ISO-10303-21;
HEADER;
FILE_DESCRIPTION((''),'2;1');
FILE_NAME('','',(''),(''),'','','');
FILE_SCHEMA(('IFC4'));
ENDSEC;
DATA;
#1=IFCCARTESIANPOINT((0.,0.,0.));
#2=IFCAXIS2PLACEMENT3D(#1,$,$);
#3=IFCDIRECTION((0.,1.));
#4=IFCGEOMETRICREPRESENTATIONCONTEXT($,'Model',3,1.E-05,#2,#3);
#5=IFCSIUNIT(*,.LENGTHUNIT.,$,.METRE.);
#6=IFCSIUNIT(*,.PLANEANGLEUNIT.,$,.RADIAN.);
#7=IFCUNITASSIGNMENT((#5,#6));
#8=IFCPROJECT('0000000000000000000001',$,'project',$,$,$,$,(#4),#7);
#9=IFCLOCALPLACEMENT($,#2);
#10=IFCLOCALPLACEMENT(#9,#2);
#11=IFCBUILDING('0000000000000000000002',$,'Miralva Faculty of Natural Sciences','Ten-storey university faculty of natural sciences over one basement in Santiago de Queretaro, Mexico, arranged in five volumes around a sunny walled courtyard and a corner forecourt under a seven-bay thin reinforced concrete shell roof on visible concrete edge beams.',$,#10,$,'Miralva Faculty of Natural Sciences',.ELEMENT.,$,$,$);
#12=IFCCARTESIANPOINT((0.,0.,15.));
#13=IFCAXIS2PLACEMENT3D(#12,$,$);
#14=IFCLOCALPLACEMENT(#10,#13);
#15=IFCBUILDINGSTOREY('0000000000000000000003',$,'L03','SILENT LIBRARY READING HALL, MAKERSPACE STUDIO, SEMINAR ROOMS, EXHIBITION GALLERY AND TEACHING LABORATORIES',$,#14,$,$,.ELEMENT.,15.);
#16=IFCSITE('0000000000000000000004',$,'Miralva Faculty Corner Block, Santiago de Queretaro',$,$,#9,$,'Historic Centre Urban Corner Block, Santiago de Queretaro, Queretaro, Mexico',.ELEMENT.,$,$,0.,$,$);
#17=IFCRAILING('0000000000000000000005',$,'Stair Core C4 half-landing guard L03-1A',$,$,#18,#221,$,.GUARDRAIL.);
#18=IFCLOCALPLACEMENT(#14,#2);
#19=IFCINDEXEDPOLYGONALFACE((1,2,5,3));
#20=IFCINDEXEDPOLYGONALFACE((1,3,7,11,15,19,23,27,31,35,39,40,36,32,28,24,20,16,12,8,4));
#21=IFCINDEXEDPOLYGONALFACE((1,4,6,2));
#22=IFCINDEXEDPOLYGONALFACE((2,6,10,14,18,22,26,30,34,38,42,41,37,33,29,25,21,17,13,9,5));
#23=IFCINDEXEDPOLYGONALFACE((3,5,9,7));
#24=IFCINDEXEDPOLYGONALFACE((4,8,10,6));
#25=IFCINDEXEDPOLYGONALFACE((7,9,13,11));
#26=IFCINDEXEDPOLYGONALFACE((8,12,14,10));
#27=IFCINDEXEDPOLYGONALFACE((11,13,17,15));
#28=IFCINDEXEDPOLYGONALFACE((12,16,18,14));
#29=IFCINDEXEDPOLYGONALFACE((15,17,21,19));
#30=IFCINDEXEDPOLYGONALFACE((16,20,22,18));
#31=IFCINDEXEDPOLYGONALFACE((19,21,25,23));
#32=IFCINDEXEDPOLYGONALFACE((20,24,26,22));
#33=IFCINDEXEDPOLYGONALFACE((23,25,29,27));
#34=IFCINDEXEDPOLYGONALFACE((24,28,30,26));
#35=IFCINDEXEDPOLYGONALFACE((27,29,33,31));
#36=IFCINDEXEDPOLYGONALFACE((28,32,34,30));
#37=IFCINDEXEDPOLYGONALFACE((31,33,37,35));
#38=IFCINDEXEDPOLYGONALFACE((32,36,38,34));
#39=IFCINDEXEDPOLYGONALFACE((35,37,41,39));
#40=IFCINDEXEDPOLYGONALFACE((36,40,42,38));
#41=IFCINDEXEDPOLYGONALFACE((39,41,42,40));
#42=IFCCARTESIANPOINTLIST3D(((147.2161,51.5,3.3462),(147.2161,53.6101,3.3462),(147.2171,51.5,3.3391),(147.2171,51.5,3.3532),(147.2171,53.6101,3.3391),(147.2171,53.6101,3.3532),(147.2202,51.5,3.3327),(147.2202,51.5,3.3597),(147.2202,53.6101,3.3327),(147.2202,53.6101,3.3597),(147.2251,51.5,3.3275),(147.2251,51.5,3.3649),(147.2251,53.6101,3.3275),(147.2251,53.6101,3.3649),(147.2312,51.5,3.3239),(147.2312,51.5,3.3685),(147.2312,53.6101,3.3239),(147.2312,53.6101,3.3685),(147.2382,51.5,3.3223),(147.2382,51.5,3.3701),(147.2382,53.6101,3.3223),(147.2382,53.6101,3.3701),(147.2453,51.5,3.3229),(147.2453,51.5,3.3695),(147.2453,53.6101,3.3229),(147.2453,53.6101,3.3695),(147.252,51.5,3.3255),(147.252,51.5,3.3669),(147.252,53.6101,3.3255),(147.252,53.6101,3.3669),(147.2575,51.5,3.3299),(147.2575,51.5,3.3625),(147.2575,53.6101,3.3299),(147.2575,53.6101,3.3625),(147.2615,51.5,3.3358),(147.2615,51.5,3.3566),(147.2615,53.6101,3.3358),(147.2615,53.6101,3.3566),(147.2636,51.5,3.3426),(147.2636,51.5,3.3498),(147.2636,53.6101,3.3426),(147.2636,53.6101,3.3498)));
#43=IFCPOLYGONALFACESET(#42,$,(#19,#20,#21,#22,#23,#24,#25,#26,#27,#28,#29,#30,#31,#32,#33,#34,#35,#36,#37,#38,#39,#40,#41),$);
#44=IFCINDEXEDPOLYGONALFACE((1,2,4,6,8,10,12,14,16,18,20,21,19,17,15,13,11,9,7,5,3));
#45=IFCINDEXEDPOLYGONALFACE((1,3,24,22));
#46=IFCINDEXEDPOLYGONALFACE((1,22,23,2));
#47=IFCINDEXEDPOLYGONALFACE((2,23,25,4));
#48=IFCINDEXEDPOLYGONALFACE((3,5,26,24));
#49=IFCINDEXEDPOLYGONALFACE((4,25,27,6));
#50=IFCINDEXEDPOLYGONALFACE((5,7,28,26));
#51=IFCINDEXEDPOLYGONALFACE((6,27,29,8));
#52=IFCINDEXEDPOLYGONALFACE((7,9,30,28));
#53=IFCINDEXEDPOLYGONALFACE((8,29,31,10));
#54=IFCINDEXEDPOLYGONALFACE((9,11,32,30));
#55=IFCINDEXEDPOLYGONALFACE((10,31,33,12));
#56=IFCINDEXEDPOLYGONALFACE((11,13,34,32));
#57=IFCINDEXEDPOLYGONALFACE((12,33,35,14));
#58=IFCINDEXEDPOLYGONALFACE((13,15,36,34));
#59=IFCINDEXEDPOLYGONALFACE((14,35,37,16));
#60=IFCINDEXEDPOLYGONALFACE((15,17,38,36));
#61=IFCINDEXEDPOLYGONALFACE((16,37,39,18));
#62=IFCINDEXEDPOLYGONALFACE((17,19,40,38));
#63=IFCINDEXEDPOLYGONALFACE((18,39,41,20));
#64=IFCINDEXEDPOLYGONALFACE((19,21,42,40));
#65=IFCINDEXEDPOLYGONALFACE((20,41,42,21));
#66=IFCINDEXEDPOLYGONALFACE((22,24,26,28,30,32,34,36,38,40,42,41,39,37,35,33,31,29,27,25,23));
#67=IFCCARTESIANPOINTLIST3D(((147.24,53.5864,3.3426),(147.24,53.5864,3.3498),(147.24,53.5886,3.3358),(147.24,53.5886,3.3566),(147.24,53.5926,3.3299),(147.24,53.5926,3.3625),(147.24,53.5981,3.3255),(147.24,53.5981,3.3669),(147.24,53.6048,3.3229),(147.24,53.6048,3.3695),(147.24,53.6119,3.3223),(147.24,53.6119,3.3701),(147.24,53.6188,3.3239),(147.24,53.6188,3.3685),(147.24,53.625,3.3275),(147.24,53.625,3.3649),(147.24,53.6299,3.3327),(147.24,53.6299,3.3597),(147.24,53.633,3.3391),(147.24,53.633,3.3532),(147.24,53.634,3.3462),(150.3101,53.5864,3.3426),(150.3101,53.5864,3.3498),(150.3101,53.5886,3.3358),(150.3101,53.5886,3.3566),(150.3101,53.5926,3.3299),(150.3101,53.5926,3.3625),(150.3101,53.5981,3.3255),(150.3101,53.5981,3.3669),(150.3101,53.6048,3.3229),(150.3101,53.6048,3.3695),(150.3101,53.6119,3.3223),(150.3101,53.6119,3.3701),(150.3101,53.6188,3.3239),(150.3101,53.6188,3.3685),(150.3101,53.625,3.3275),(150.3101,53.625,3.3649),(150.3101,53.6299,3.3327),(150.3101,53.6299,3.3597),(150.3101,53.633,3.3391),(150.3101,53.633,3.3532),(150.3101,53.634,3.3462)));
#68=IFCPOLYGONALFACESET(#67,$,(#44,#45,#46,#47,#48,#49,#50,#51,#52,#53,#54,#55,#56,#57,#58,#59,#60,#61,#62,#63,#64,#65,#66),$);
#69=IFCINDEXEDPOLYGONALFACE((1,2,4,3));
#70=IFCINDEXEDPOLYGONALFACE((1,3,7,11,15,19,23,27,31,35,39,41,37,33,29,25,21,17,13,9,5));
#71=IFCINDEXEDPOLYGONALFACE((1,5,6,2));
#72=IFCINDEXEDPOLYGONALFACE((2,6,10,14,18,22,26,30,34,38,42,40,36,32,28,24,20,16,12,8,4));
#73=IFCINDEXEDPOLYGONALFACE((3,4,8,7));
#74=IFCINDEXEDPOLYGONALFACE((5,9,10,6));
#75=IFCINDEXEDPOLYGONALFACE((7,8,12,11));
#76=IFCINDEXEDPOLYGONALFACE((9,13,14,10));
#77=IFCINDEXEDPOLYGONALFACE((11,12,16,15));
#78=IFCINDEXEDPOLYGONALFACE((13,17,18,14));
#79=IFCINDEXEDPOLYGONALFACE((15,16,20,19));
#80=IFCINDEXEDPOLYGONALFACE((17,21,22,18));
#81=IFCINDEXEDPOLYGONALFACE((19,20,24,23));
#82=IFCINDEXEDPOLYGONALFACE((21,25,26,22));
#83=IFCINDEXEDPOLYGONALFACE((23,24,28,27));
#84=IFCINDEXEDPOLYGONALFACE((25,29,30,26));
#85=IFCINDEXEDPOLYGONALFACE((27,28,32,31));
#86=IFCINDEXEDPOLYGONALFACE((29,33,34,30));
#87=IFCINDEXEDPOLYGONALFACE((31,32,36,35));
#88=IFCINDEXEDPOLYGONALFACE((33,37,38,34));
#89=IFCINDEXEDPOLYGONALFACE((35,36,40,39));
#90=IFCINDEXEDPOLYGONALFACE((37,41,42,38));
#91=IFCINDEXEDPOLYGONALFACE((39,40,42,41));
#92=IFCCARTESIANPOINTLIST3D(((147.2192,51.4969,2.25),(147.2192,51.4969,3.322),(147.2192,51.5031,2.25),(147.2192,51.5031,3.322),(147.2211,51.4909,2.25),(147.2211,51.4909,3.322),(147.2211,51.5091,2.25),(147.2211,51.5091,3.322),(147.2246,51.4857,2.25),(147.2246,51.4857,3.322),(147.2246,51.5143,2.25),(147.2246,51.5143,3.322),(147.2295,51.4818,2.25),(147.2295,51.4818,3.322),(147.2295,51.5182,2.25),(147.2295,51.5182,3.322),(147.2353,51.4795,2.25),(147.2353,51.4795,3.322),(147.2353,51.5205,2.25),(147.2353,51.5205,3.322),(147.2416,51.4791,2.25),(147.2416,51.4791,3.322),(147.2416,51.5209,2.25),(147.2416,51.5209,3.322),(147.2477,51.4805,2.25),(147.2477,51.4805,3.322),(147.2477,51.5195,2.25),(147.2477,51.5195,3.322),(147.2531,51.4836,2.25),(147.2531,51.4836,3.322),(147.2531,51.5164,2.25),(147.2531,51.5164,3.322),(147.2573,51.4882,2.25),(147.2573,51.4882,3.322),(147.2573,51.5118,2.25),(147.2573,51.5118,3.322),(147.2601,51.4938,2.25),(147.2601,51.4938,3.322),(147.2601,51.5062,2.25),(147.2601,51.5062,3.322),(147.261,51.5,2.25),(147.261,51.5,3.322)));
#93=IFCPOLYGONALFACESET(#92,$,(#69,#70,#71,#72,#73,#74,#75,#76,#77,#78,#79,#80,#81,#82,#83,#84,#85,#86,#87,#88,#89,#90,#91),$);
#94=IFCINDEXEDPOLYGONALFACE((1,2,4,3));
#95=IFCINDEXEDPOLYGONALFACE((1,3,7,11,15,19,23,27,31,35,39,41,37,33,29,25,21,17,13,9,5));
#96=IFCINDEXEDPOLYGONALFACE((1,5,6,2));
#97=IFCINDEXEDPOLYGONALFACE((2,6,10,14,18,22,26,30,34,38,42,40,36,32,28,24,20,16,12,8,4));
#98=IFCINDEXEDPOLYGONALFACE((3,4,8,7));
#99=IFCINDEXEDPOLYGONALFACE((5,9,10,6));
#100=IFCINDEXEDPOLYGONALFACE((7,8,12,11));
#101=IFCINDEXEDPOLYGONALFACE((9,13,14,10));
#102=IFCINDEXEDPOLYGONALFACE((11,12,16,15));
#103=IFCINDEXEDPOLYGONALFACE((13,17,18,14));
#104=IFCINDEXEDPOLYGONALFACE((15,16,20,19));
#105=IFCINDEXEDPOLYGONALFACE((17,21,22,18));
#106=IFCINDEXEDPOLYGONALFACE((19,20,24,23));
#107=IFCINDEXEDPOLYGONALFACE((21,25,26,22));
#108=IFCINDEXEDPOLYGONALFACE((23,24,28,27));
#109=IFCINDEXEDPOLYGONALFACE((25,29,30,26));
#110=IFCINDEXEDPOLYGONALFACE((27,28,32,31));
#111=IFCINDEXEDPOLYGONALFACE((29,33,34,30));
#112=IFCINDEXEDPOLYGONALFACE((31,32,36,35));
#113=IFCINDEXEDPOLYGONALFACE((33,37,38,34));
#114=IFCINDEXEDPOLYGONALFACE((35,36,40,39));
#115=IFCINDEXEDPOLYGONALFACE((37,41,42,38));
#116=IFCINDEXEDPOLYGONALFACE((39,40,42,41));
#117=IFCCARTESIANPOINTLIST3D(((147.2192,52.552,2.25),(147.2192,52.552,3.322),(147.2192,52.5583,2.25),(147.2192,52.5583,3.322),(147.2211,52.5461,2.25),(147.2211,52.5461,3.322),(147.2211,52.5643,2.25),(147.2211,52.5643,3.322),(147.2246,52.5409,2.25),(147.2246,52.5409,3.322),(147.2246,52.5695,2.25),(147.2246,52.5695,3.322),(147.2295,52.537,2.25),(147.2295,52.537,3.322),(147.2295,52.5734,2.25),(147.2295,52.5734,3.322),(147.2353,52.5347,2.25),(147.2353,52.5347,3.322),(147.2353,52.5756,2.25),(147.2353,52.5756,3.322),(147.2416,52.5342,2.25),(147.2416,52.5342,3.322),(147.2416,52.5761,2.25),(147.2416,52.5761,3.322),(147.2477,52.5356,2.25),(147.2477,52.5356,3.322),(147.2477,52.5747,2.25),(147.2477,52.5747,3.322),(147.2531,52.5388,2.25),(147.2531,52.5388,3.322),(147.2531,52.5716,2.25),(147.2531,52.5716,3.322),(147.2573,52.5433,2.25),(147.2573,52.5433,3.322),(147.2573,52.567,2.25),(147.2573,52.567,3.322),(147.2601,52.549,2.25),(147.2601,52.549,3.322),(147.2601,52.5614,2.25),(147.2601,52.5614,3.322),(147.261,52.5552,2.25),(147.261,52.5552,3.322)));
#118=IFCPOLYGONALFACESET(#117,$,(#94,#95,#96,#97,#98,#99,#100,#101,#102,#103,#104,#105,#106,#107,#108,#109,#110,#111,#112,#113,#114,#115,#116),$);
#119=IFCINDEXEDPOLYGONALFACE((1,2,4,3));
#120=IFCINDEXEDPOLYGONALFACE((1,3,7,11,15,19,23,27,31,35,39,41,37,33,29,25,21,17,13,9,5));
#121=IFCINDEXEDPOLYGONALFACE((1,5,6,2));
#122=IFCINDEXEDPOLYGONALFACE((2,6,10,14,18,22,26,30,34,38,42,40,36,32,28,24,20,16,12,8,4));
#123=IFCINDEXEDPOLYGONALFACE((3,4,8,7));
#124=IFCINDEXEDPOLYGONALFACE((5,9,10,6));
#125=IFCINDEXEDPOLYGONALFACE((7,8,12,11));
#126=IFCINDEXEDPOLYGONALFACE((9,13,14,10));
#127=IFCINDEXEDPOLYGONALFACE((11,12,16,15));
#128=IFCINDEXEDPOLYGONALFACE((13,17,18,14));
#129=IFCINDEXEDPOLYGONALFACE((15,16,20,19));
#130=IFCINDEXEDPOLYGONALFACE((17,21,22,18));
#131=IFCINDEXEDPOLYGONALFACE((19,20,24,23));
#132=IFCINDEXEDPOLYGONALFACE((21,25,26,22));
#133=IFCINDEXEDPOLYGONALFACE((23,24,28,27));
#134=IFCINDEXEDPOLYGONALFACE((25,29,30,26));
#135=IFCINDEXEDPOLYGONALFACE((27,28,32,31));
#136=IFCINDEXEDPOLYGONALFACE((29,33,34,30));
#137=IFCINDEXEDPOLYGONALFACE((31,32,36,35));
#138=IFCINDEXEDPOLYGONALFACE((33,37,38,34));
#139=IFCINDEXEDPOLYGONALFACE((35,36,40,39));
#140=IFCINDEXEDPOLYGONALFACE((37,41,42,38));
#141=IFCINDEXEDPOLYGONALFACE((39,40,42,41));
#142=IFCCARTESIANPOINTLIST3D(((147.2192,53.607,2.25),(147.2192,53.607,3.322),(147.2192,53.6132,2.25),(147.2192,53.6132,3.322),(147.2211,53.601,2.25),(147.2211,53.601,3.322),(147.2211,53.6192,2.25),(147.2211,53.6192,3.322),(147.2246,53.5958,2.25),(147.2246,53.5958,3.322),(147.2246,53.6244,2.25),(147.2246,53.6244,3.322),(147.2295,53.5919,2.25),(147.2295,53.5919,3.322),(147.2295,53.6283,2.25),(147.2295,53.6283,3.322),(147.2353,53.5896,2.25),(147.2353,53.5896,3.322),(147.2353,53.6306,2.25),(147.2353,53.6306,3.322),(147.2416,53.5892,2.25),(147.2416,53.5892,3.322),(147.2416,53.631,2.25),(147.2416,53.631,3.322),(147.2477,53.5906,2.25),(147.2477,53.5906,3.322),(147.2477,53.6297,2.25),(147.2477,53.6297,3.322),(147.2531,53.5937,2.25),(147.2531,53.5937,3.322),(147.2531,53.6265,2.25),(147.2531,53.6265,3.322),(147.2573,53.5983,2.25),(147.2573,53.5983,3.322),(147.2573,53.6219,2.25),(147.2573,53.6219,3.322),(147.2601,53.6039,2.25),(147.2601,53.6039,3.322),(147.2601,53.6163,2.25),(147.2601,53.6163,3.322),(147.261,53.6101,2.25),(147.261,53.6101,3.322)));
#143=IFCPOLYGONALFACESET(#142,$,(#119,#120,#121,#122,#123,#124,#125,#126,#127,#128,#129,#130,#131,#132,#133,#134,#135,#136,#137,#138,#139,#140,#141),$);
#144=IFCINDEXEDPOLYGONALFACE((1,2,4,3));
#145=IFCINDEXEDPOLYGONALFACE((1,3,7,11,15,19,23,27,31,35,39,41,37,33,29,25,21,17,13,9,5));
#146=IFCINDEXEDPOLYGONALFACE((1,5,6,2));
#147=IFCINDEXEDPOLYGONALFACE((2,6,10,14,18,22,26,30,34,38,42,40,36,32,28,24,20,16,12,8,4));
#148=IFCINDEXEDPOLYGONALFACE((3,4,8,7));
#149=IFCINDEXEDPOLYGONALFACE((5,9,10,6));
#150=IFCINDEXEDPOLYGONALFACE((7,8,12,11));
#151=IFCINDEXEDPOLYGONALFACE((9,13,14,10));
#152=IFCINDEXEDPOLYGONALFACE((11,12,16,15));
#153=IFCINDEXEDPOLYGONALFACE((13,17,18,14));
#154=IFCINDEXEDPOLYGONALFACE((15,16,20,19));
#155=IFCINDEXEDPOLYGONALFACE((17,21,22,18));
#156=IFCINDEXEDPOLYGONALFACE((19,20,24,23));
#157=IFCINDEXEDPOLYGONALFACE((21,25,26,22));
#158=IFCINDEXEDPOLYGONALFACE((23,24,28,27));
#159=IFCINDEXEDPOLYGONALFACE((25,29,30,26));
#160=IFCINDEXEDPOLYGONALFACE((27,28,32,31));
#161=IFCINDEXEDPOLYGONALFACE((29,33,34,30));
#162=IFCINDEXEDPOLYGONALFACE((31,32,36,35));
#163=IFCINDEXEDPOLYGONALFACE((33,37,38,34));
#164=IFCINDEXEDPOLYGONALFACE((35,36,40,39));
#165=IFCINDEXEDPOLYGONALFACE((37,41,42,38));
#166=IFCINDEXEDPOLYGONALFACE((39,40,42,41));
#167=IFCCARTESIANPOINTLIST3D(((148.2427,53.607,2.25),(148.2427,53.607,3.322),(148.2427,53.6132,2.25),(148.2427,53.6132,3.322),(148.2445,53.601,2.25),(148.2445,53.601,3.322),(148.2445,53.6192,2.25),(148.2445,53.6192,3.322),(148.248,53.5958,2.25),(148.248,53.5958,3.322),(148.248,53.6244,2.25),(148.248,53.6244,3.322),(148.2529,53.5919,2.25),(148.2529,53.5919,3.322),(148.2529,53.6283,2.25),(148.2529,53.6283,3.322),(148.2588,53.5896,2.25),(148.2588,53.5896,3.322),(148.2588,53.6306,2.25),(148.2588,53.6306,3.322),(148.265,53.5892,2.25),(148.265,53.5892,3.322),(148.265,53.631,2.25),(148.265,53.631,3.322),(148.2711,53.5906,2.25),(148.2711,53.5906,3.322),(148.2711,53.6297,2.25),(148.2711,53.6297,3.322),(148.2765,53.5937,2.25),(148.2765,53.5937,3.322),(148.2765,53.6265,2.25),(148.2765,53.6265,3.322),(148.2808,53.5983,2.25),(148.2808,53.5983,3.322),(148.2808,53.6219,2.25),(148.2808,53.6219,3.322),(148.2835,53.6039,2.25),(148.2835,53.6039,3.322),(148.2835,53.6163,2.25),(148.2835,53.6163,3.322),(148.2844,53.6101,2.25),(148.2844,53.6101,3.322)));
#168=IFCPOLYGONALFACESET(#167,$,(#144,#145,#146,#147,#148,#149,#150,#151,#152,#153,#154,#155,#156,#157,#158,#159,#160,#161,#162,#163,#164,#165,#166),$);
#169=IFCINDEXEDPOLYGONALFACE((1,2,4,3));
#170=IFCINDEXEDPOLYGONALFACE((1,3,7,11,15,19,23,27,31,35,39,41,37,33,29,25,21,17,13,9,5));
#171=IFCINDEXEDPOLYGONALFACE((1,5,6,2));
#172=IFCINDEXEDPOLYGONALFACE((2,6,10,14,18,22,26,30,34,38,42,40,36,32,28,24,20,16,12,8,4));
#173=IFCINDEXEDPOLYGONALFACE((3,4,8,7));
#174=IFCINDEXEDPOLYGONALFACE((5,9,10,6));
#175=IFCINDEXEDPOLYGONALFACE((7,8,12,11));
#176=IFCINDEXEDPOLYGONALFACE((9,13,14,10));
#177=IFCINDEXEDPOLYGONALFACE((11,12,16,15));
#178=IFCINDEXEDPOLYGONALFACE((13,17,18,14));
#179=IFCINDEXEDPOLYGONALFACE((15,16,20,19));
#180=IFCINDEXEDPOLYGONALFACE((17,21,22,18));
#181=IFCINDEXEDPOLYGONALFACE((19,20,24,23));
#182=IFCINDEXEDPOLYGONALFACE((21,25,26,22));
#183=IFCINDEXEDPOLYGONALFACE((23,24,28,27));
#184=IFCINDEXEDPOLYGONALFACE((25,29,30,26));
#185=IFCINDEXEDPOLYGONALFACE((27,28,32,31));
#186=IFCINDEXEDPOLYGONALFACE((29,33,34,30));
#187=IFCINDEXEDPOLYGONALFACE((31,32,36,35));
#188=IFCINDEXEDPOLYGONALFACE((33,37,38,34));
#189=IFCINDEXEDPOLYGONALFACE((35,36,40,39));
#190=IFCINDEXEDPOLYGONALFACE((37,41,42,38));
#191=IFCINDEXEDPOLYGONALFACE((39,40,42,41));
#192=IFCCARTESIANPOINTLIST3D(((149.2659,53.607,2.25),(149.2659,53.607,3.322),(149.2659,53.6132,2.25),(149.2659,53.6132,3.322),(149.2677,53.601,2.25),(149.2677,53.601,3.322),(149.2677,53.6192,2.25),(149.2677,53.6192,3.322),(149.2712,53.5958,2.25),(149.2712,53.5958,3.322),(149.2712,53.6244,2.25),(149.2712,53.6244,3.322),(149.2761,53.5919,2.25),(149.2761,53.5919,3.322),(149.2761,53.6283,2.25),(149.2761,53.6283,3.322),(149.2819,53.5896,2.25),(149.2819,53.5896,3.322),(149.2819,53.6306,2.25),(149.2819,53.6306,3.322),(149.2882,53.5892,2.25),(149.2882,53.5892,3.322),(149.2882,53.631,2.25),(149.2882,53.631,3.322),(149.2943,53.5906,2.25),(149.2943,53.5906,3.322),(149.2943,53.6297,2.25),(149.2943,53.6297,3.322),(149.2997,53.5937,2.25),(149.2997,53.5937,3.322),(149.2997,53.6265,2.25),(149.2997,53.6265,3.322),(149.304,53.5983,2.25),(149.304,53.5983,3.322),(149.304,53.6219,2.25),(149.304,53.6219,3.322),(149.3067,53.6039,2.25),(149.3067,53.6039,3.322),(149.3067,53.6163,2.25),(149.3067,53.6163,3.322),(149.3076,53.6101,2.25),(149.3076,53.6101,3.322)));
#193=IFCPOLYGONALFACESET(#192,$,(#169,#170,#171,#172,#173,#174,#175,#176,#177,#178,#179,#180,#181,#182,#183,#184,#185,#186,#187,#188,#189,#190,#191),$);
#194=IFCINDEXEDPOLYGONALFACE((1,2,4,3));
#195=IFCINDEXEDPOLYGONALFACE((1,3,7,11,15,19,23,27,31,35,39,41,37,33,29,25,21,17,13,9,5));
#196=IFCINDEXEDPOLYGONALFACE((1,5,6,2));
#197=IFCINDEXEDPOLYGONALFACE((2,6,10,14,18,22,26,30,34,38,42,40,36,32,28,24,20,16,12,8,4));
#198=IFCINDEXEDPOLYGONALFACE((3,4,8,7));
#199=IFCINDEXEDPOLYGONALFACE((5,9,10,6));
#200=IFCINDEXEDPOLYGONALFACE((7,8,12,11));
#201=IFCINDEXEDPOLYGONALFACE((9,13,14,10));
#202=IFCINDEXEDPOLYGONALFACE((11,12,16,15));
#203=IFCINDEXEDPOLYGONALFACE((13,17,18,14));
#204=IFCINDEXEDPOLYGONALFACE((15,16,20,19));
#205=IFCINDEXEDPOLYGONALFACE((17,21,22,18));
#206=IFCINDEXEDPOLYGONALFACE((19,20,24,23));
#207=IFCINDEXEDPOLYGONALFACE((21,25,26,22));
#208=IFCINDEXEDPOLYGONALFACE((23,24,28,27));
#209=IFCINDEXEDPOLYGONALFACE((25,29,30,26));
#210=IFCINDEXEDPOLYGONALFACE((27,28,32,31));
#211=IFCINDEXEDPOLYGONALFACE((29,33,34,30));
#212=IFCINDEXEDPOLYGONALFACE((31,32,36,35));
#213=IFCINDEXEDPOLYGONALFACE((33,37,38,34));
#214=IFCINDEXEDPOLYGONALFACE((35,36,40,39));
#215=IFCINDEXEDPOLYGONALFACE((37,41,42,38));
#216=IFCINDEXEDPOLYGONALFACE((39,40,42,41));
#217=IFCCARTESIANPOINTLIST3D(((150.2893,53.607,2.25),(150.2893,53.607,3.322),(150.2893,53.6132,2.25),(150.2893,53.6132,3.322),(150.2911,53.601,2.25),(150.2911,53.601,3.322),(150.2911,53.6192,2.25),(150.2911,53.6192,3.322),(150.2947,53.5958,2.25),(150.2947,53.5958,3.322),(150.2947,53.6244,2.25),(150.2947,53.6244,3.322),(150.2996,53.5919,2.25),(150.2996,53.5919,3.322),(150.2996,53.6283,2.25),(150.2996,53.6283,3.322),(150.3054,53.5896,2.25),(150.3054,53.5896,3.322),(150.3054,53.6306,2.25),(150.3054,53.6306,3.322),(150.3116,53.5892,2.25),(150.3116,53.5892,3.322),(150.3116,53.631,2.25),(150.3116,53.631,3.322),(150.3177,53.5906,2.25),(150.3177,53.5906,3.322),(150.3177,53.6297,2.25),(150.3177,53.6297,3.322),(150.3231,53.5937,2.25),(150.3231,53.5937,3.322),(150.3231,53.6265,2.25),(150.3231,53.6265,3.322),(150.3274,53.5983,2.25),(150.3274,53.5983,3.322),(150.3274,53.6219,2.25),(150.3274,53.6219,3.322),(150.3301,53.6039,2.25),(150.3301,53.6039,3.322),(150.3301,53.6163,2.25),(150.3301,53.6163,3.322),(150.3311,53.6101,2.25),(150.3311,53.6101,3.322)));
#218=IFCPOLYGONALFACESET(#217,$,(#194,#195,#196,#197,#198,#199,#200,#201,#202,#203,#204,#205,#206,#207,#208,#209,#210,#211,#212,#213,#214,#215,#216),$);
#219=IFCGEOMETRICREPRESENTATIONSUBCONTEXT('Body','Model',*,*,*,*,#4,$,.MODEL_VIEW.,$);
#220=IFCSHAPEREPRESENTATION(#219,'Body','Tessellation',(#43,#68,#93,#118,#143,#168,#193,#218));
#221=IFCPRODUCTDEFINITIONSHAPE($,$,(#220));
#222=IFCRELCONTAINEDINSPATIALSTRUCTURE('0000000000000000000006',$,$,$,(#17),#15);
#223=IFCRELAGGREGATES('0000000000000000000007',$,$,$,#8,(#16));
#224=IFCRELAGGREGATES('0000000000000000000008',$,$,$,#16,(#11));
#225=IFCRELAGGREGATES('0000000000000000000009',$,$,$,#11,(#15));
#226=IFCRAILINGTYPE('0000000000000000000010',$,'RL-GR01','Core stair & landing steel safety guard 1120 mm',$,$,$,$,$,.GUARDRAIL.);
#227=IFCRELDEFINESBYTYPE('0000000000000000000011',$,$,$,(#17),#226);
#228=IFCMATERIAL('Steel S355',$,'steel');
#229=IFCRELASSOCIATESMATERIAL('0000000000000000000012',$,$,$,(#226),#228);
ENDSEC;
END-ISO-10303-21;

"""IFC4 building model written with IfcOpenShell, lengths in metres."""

from ifc_helpers import new_model, si_unit, direction, frame, origin, origin_2d, place, context, subcontext, project, spatial, circle, extrude, material, type_object, element, save


model = new_model("IFC4")

# Units and contexts
model_context = context("Model", 3, precision=1e-05, world=origin(), true_north=direction((0.0, 1.0)))
body_context = subcontext(model_context, "Body", "Model", "MODEL_VIEW")
ifc_project = project(units=[si_unit("LENGTHUNIT", "METRE"), si_unit("PLANEANGLEUNIT", "RADIAN")], contexts=[model_context])

# Site, building, storey
site_placement = place(None, origin())
site = spatial("IfcSite", under=ifc_project, at=site_placement, Name="Miralva Faculty Corner Block, Santiago de Queretaro", LongName="Historic Centre Urban Corner Block, Santiago de Queretaro, Queretaro, Mexico", CompositionType="ELEMENT", RefElevation=0.0)
building_placement = place(site_placement, origin())
building = spatial("IfcBuilding", under=site, at=building_placement, Name="Miralva Faculty of Natural Sciences", Description="Ten-storey university faculty of natural sciences over one basement in Santiago de Queretaro, Mexico, arranged in five volumes around a sunny walled courtyard and a corner forecourt under a seven-bay thin reinforced concrete shell roof on visible concrete edge beams.", LongName="Miralva Faculty of Natural Sciences", CompositionType="ELEMENT")
storey_placement = place(building_placement, frame((0.0, 0.0, 15.0)))
storey = spatial("IfcBuildingStorey", under=building, at=storey_placement, Name="L03", Description="SILENT LIBRARY READING HALL, MAKERSPACE STUDIO, SEMINAR ROOMS, EXHIBITION GALLERY AND TEACHING LABORATORIES", CompositionType="ELEMENT", Elevation=15.0)

# Railing
ifc_material_1 = material(Name="Steel S355", Category="steel")
railing_type_1 = type_object("IfcRailingType", Name="RL-GR01", Description="Core stair & landing steel safety guard 1120 mm", PredefinedType="GUARDRAIL", material=ifc_material_1)
railing_1_placement = place(storey_placement, frame((147.24, 51.5, 2.25)))
element("IfcRailing", 1, at=railing_1_placement, inside=storey, type_object=railing_type_1, Name="Stair Core C4 half-landing guard L03-1A", PredefinedType="GUARDRAIL", context=body_context, shape_type="SweptSolid", body=[
    extrude(circle(Radius=0.0239, at=origin_2d()), frame((0.0, 0.0, 1.0962), z_axis=(0.0, 1.0, 0.0), x_axis=(-1.0, 0.0, 0.0)), (0.0, 0.0, 1.0), 2.1101),
    extrude(circle(Radius=0.0239, at=origin_2d()), frame((0.0, 2.1101, 1.0962), z_axis=(1.0, 0.0, 0.0), x_axis=(0.0, 1.0, 0.0)), (0.0, 0.0, 1.0), 3.0701),
    extrude(circle(Radius=0.021, at=origin_2d()), origin(), (0.0, 0.0, 1.0), 1.072),
    extrude(circle(Radius=0.021, at=origin_2d()), frame((0.0, 1.0552, 0.0)), (0.0, 0.0, 1.0), 1.072),
    extrude(circle(Radius=0.021, at=origin_2d()), frame((0.0, 2.1101, 0.0)), (0.0, 0.0, 1.0), 1.072),
    extrude(circle(Radius=0.021, at=origin_2d()), frame((1.0234, 2.1101, 0.0)), (0.0, 0.0, 1.0), 1.072),
    extrude(circle(Radius=0.021, at=origin_2d()), frame((2.0466, 2.1101, 0.0)), (0.0, 0.0, 1.0), 1.072),
    extrude(circle(Radius=0.021, at=origin_2d()), frame((3.0701, 2.1101, 0.0)), (0.0, 0.0, 1.0), 1.072),
])

save(model, "model.ifc")
